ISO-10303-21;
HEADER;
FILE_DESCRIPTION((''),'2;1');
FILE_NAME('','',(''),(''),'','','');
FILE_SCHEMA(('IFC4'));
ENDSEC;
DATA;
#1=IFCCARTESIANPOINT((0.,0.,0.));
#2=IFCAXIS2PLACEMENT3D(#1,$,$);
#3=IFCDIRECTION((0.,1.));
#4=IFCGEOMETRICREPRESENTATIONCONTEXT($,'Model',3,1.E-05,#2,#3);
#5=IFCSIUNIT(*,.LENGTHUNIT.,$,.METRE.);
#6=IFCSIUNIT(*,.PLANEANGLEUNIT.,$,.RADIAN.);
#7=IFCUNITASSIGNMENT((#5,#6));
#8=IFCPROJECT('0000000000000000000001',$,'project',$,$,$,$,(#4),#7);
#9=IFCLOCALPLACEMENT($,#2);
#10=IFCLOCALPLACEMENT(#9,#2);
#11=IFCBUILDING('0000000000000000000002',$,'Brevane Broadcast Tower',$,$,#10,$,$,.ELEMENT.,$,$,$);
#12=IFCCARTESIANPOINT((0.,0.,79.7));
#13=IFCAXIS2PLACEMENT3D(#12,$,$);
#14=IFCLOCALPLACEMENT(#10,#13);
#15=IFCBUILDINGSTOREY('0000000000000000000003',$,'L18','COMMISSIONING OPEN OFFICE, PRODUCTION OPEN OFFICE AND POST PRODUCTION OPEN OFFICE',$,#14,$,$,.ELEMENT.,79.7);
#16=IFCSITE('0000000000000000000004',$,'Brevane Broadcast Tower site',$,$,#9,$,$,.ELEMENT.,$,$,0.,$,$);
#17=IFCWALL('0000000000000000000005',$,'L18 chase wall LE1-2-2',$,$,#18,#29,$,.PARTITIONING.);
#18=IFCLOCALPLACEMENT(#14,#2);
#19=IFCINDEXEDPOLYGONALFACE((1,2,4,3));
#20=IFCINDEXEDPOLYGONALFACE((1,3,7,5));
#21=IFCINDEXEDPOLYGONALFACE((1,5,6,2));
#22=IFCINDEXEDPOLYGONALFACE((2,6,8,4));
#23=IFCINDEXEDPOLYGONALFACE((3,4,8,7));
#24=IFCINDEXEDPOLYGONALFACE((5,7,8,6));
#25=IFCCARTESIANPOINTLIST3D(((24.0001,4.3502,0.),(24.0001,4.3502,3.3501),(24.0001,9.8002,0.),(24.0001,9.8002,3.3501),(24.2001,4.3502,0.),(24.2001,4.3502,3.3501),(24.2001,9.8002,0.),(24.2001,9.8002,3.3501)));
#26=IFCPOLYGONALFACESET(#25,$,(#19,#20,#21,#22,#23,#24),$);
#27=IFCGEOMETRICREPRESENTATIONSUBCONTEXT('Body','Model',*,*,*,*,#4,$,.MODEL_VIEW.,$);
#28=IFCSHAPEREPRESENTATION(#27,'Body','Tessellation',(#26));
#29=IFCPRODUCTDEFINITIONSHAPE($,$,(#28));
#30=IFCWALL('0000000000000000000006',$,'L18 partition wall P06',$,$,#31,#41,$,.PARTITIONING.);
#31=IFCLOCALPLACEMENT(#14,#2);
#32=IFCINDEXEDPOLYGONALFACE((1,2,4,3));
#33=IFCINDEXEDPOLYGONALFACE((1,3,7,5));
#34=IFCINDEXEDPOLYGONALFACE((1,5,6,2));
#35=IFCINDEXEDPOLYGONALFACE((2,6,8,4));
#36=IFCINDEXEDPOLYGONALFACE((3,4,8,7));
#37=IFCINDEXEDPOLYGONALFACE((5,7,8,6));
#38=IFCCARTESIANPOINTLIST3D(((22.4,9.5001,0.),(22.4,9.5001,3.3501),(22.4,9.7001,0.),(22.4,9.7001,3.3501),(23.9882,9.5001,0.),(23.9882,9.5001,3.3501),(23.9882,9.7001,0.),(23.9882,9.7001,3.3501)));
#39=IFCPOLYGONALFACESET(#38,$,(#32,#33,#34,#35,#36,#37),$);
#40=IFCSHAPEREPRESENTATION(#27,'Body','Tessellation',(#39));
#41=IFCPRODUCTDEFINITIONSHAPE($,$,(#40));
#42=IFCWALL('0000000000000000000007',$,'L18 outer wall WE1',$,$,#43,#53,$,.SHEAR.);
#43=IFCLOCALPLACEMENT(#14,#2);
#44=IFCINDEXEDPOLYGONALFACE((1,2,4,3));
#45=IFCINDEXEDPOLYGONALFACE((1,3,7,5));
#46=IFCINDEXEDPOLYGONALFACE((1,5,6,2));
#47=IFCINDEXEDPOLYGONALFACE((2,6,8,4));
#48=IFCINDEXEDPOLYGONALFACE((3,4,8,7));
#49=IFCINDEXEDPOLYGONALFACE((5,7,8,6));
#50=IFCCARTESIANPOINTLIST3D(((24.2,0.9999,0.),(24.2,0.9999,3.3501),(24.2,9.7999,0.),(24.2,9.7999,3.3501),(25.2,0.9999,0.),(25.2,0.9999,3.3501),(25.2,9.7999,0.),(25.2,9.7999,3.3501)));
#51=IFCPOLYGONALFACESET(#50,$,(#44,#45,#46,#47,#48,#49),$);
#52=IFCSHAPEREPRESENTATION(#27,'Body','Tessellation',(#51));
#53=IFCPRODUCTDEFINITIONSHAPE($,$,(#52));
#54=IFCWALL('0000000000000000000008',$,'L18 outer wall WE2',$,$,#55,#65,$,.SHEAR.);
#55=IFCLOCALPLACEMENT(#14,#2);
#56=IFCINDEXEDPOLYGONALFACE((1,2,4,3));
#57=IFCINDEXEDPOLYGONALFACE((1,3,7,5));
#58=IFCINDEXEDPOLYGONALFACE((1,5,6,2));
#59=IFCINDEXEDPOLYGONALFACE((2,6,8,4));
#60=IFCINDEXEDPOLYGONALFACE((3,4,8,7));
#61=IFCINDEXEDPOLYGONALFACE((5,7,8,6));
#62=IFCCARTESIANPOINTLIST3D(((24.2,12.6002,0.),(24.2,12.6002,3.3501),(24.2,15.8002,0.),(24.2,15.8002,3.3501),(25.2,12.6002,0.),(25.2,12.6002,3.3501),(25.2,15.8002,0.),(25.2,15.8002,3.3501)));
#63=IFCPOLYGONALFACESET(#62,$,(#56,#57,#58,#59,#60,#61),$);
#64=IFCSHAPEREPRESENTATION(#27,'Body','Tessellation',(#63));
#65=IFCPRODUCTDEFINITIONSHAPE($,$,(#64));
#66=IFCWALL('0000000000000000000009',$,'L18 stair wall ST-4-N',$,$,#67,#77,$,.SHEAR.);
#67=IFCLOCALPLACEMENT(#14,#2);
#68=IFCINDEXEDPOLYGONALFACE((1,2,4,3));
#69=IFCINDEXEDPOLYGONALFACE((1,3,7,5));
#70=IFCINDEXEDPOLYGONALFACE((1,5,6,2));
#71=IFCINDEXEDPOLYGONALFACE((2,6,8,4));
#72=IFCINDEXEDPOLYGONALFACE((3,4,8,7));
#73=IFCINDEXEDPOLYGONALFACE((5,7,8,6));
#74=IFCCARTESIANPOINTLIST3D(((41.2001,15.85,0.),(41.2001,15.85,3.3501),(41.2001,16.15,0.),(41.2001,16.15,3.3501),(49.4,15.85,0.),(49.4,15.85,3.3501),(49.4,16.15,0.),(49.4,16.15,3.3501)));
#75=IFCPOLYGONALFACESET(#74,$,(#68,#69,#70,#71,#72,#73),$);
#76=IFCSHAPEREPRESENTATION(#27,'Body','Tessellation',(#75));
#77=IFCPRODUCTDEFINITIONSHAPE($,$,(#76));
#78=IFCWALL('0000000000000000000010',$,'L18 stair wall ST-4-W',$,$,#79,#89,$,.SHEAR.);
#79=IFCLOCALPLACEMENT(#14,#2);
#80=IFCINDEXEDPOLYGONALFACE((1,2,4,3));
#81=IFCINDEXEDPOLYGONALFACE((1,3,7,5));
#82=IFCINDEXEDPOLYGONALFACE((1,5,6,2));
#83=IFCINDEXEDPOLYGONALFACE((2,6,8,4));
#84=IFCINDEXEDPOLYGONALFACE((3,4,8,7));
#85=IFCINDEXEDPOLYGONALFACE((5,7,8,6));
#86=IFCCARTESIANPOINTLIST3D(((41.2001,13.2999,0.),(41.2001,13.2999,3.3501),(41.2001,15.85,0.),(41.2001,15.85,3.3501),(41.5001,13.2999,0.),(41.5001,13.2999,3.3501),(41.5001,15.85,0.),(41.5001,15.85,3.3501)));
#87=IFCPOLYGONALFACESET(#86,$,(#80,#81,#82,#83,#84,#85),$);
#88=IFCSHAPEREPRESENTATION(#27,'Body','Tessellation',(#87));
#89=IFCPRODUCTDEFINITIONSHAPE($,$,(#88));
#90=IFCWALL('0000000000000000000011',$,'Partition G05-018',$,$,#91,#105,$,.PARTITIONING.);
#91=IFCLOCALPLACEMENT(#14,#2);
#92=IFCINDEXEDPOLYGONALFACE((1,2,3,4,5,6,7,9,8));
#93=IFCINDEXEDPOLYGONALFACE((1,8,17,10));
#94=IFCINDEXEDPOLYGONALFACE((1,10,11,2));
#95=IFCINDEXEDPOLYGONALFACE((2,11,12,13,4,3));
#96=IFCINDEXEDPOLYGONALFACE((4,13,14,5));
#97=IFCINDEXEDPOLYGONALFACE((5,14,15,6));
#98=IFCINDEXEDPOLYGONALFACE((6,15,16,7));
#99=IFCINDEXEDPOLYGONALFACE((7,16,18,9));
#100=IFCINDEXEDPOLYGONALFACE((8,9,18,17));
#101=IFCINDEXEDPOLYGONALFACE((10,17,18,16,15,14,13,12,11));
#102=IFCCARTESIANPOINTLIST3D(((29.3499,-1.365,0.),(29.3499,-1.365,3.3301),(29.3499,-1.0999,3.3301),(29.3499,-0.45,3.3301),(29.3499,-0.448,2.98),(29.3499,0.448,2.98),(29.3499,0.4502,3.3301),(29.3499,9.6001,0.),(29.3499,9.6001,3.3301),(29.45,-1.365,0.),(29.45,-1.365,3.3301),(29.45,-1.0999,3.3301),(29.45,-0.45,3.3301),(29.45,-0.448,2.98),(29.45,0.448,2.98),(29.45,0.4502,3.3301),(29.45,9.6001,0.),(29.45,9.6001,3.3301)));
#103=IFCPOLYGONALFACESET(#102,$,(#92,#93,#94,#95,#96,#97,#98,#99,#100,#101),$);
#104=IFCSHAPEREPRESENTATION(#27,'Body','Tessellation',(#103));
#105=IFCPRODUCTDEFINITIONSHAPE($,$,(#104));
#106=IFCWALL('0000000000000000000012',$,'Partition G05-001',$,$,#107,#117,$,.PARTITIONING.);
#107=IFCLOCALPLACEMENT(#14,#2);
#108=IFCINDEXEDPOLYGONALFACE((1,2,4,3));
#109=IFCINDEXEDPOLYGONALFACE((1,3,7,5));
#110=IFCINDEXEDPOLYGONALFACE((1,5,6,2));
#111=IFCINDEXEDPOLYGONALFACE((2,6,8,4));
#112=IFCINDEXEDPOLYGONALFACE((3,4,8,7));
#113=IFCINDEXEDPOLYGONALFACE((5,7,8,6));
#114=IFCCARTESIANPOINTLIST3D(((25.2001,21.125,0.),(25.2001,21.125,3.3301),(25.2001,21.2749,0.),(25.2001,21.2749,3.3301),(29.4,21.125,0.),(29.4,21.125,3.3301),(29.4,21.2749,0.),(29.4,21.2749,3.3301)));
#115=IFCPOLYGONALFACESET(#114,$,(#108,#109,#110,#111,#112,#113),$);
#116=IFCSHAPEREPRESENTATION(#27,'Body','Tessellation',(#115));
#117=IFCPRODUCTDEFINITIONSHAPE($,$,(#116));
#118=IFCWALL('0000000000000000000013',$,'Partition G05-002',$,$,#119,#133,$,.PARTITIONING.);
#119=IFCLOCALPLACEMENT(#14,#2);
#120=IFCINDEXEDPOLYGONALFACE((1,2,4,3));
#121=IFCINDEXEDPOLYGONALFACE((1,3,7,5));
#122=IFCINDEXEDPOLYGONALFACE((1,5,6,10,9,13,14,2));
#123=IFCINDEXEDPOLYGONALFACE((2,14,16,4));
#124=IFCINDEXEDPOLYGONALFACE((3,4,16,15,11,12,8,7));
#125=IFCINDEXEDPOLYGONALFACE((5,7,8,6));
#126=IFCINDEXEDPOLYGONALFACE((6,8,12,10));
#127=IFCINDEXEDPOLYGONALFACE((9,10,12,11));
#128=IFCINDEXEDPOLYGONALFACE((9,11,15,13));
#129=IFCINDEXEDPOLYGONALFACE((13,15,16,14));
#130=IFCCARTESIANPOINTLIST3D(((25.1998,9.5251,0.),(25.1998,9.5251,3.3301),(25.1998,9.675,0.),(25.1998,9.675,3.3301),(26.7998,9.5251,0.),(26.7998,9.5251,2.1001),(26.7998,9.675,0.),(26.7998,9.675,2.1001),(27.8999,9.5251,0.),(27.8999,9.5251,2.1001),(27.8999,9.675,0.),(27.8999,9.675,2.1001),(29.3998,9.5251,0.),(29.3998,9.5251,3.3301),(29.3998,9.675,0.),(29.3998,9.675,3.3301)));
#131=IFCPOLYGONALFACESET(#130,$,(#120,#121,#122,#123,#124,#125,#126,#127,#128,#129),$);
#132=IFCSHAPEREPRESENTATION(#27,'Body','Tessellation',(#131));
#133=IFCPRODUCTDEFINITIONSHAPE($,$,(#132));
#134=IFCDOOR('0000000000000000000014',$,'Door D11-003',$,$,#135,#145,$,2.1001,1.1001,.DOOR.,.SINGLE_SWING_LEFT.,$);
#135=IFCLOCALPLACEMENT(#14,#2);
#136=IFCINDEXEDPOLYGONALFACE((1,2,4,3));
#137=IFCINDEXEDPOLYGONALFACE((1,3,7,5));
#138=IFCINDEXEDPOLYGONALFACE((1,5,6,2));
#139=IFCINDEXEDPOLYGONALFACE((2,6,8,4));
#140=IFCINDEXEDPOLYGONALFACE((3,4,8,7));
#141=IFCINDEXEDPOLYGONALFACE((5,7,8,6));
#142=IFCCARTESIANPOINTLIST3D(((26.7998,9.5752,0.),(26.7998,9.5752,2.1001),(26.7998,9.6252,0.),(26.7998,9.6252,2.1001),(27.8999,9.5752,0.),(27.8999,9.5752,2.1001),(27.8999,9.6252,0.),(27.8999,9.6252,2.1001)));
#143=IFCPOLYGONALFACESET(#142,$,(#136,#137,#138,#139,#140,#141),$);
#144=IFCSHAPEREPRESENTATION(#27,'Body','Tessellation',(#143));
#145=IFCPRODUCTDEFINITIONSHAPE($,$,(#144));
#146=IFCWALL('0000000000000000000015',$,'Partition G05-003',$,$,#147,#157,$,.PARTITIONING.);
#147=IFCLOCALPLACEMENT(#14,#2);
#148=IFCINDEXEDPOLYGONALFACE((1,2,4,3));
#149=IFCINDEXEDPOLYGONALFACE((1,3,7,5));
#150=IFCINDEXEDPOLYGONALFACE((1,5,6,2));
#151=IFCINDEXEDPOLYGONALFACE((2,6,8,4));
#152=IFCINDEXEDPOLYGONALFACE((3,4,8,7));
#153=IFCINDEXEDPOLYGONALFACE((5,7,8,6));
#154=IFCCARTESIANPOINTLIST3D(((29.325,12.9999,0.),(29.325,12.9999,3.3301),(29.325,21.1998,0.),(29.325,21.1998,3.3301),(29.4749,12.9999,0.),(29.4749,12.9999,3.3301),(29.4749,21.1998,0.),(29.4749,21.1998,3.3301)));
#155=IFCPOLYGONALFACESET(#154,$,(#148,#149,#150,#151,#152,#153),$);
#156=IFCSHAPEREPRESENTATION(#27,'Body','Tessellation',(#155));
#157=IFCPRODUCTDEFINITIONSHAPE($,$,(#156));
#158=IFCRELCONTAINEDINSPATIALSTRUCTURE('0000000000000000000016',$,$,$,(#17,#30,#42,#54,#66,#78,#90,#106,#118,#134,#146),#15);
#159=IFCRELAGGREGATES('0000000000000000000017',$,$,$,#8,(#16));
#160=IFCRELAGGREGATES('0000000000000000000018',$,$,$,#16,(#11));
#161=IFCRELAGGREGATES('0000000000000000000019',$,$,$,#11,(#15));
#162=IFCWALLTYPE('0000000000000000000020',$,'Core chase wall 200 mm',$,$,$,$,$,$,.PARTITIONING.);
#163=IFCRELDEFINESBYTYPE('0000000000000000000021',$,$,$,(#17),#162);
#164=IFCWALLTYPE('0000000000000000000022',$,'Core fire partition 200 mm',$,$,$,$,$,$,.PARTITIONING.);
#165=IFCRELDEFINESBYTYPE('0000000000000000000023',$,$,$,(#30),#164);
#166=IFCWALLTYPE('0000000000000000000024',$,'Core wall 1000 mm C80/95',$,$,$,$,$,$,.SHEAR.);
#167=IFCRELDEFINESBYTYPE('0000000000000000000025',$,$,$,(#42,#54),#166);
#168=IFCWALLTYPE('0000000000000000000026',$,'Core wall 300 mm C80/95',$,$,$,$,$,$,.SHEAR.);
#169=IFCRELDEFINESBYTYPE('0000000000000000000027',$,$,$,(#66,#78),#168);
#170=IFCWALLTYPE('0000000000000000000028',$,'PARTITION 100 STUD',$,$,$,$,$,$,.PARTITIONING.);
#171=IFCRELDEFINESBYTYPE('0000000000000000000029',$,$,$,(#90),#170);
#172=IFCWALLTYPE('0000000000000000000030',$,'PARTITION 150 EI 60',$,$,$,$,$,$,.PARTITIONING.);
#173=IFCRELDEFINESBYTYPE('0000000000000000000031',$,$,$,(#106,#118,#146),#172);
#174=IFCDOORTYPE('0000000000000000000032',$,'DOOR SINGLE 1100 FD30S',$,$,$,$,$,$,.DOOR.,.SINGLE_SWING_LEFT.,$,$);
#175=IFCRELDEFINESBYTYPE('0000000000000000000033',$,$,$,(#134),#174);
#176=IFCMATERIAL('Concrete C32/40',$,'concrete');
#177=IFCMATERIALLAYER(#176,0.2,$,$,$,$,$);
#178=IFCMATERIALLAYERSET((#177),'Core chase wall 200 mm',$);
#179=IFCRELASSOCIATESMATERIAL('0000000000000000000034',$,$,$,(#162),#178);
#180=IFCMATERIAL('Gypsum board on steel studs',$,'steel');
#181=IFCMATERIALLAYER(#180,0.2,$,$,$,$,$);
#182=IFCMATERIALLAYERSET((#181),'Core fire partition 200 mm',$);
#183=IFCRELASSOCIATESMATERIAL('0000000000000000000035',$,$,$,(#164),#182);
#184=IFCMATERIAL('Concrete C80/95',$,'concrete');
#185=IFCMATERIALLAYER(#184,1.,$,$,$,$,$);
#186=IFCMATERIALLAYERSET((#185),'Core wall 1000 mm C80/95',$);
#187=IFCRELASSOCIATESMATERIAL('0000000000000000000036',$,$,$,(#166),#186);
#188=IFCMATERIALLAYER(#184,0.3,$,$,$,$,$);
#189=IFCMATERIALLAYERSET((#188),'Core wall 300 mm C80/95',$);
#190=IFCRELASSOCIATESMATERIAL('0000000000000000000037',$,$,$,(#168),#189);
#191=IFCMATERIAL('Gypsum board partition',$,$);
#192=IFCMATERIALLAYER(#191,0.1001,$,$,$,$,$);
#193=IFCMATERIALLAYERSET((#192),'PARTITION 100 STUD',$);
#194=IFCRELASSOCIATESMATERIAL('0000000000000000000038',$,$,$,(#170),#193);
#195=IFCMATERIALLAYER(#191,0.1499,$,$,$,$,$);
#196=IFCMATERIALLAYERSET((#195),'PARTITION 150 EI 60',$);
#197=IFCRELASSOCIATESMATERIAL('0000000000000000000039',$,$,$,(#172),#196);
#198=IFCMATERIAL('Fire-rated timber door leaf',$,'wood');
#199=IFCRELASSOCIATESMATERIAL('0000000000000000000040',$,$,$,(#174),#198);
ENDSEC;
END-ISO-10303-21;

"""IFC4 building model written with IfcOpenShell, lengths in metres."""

from ifc_helpers import new_model, si_unit, direction, frame, frame_2d, origin, place, context, subcontext, project, spatial, polyline, rectangle, outline, extrude, material, layer, layer_set, type_object, element, fill, save


model = new_model("IFC4")

# Units and contexts
model_context = context("Model", 3, precision=1e-05, world=origin(), true_north=direction((0.0, 1.0)))
body_context = subcontext(model_context, "Body", "Model", "MODEL_VIEW")
ifc_project = project(units=[si_unit("LENGTHUNIT", "METRE"), si_unit("PLANEANGLEUNIT", "RADIAN")], contexts=[model_context])

# Site, building, storey
site_placement = place(None, origin())
site = spatial("IfcSite", under=ifc_project, at=site_placement, Name="Brevane Broadcast Tower site", CompositionType="ELEMENT", RefElevation=0.0)
building_placement = place(site_placement, origin())
building = spatial("IfcBuilding", under=site, at=building_placement, Name="Brevane Broadcast Tower", CompositionType="ELEMENT")
storey_placement = place(building_placement, frame((0.0, 0.0, 79.7)))
storey = spatial("IfcBuildingStorey", under=building, at=storey_placement, Name="L18", Description="COMMISSIONING OPEN OFFICE, PRODUCTION OPEN OFFICE AND POST PRODUCTION OPEN OFFICE", CompositionType="ELEMENT", Elevation=79.7)

# Shared definitions
ifc_material_1 = material(Name="Concrete C80/95", Category="concrete")

# Walls
ifc_material_2 = material(Name="Concrete C32/40", Category="concrete")
ifc_layer_1 = layer(ifc_material_2, 0.2)
ifc_layer_set_1 = layer_set([ifc_layer_1], Name="Core chase wall 200 mm")
wall_type_1 = type_object("IfcWallType", Name="Core chase wall 200 mm", PredefinedType="PARTITIONING", material=ifc_layer_set_1)
wall_1_placement = place(storey_placement, frame((24.1001, 4.3501, 0.0), z_axis=(0.0, 0.0, 1.0), x_axis=(0.0, 1.0, 0.0)))
element("IfcWall", 1, at=wall_1_placement, inside=storey, type_object=wall_type_1, Name="L18 chase wall LE1-2-2", PredefinedType="PARTITIONING", context=body_context, shape_type="SweptSolid", body=[
    extrude(rectangle(XDim=5.45, YDim=0.2, at=frame_2d((2.7251, 0.0))), origin(), (0.0, 0.0, 1.0), 3.3501),
])
ifc_material_3 = material(Name="Gypsum board on steel studs", Category="steel")
ifc_layer_2 = layer(ifc_material_3, 0.2)
ifc_layer_set_2 = layer_set([ifc_layer_2], Name="Core fire partition 200 mm")
wall_type_2 = type_object("IfcWallType", Name="Core fire partition 200 mm", PredefinedType="PARTITIONING", material=ifc_layer_set_2)
wall_2_placement = place(storey_placement, frame((23.988, 9.6001, 0.0), z_axis=(0.0, 0.0, 1.0), x_axis=(-1.0, 0.0, 0.0)))
element("IfcWall", 2, at=wall_2_placement, inside=storey, type_object=wall_type_2, Name="L18 partition wall P06", PredefinedType="PARTITIONING", context=body_context, shape_type="SweptSolid", body=[
    extrude(rectangle(XDim=1.5881, YDim=0.2, at=frame_2d((0.7939, 0.0))), origin(), (0.0, 0.0, 1.0), 3.3501),
])
ifc_layer_3 = layer(ifc_material_1, 1.0)
ifc_layer_set_3 = layer_set([ifc_layer_3], Name="Core wall 1000 mm C80/95")
wall_type_3 = type_object("IfcWallType", Name="Core wall 1000 mm C80/95", PredefinedType="SHEAR", material=ifc_layer_set_3)
wall_3_placement = place(storey_placement, frame((24.7, 1.0, 0.0), z_axis=(0.0, 0.0, 1.0), x_axis=(0.0, 1.0, 0.0)))
element("IfcWall", 3, at=wall_3_placement, inside=storey, type_object=wall_type_3, Name="L18 outer wall WE1", PredefinedType="SHEAR", context=body_context, shape_type="SweptSolid", body=[
    extrude(rectangle(XDim=8.8, YDim=1.0, at=frame_2d((4.3999, 0.0))), origin(), (0.0, 0.0, 1.0), 3.3501),
])
wall_4_placement = place(storey_placement, frame((24.7, 12.6001, 0.0), z_axis=(0.0, 0.0, 1.0), x_axis=(0.0, 1.0, 0.0)))
element("IfcWall", 4, at=wall_4_placement, inside=storey, type_object=wall_type_3, Name="L18 outer wall WE2", PredefinedType="SHEAR", context=body_context, shape_type="SweptSolid", body=[
    extrude(rectangle(XDim=3.2, YDim=1.0, at=frame_2d((1.6001, 0.0))), origin(), (0.0, 0.0, 1.0), 3.3501),
])
ifc_layer_4 = layer(ifc_material_1, 0.3)
ifc_layer_set_4 = layer_set([ifc_layer_4], Name="Core wall 300 mm C80/95")
wall_type_4 = type_object("IfcWallType", Name="Core wall 300 mm C80/95", PredefinedType="SHEAR", material=ifc_layer_set_4)
wall_5_placement = place(storey_placement, frame((41.2, 16.0, 0.0), z_axis=(0.0, 0.0, 1.0), x_axis=(1.0, 0.0, 0.0)))
element("IfcWall", 5, at=wall_5_placement, inside=storey, type_object=wall_type_4, Name="L18 stair wall ST-4-N", PredefinedType="SHEAR", context=body_context, shape_type="SweptSolid", body=[
    extrude(rectangle(XDim=8.2, YDim=0.3, at=frame_2d((4.1001, 0.0))), origin(), (0.0, 0.0, 1.0), 3.3501),
])
wall_6_placement = place(storey_placement, frame((41.3501, 13.3, 0.0), z_axis=(0.0, 0.0, 1.0), x_axis=(0.0, 1.0, 0.0)))
element("IfcWall", 6, at=wall_6_placement, inside=storey, type_object=wall_type_4, Name="L18 stair wall ST-4-W", PredefinedType="SHEAR", context=body_context, shape_type="SweptSolid", body=[
    extrude(rectangle(XDim=2.55, YDim=0.3, at=frame_2d((1.2749, 0.0))), origin(), (0.0, 0.0, 1.0), 3.3501),
])
ifc_material_4 = material(Name="Gypsum board partition")
ifc_layer_5 = layer(ifc_material_4, 0.1001)
ifc_layer_set_5 = layer_set([ifc_layer_5], Name="PARTITION 100 STUD")
wall_type_5 = type_object("IfcWallType", Name="PARTITION 100 STUD", PredefinedType="PARTITIONING", material=ifc_layer_set_5)
wall_7_placement = place(storey_placement, frame((29.3999, 9.6001, 0.0), z_axis=(0.0, 0.0, 1.0), x_axis=(0.0, -1.0, 0.0)))
element("IfcWall", 7, at=wall_7_placement, inside=storey, type_object=wall_type_5, Name="Partition G05-018", PredefinedType="PARTITIONING", context=body_context, shape_type="SweptSolid", body=[
    extrude(outline(polyline([(0.0, 0.0), (10.9651, 0.0), (10.9651, 3.3301), (10.7, 3.3301), (10.05, 3.3301), (10.0481, 2.98), (9.1521, 2.98), (9.1499, 3.3301), (0.0, 3.3301), (0.0, 0.0)])), frame((0.0, 0.05, 0.0), z_axis=(0.0, -1.0, 0.0), x_axis=(1.0, 0.0, 0.0)), (0.0, 0.0, 1.0), 0.1001),
])
ifc_layer_6 = layer(ifc_material_4, 0.1499)
ifc_layer_set_6 = layer_set([ifc_layer_6], Name="PARTITION 150 EI 60")
wall_type_6 = type_object("IfcWallType", Name="PARTITION 150 EI 60", PredefinedType="PARTITIONING", material=ifc_layer_set_6)
wall_8_placement = place(storey_placement, frame((25.2, 21.2, 0.0), z_axis=(0.0, 0.0, 1.0), x_axis=(1.0, 0.0, 0.0)))
element("IfcWall", 8, at=wall_8_placement, inside=storey, type_object=wall_type_6, Name="Partition G05-001", PredefinedType="PARTITIONING", context=body_context, shape_type="SweptSolid", body=[
    extrude(rectangle(XDim=4.2, YDim=0.1499, at=frame_2d((2.1001, 0.0))), origin(), (0.0, 0.0, 1.0), 3.3301),
])

# Wall, opening, door
wall_9_placement = place(storey_placement, frame((29.3999, 9.6001, 0.0), z_axis=(0.0, 0.0, 1.0), x_axis=(-1.0, 0.0, 0.0)))
wall_9 = element("IfcWall", 9, at=wall_9_placement, inside=storey, type_object=wall_type_6, Name="Partition G05-002", PredefinedType="PARTITIONING", context=body_context, shape_type="SweptSolid", body=[
    extrude(rectangle(XDim=4.2, YDim=0.1499, at=frame_2d((2.1001, 0.0))), origin(), (0.0, 0.0, 1.0), 3.3301),
])
opening_1_placement = place(wall_9_placement, frame((1.5, 0.0, 0.0)))
opening_1 = element("IfcOpeningElement", 10, at=opening_1_placement, cuts=wall_9, PredefinedType="OPENING", context=body_context, shape_type="SweptSolid", body=[
    extrude(rectangle(XDim=1.1001, YDim=2.1001, at=frame_2d((0.55, 1.05))), frame((0.0, 0.085, 0.0), z_axis=(0.0, -1.0, 0.0), x_axis=(1.0, 0.0, 0.0)), (0.0, 0.0, 1.0), 0.1699),
])
ifc_material_5 = material(Name="Fire-rated timber door leaf", Category="wood")
door_type_1 = type_object("IfcDoorType", Name="DOOR SINGLE 1100 FD30S", OperationType="SINGLE_SWING_LEFT", PredefinedType="DOOR", material=ifc_material_5)
door_1_placement = place(opening_1_placement, origin())
door_1 = element("IfcDoor", 11, at=door_1_placement, inside=storey, type_object=door_type_1, Name="Door D11-003", OperationType="SINGLE_SWING_LEFT", OverallHeight=2.1001, OverallWidth=1.1001, PredefinedType="DOOR", context=body_context, shape_type="SweptSolid", body=[
    extrude(rectangle(XDim=1.1001, YDim=2.1001, at=frame_2d((0.55, 1.05))), frame((0.0, 0.0249, 0.0), z_axis=(0.0, -1.0, 0.0), x_axis=(1.0, 0.0, 0.0)), (0.0, 0.0, 1.0), 0.05),
])
fill(opening_1, door_1)

# Wall
wall_10_placement = place(storey_placement, frame((29.3999, 21.2, 0.0), z_axis=(0.0, 0.0, 1.0), x_axis=(0.0, -1.0, 0.0)))
element("IfcWall", 12, at=wall_10_placement, inside=storey, type_object=wall_type_6, Name="Partition G05-003", PredefinedType="PARTITIONING", context=body_context, shape_type="SweptSolid", body=[
    extrude(rectangle(XDim=8.2, YDim=0.1499, at=frame_2d((4.1001, 0.0))), origin(), (0.0, 0.0, 1.0), 3.3301),
])

save(model, "model.ifc")
